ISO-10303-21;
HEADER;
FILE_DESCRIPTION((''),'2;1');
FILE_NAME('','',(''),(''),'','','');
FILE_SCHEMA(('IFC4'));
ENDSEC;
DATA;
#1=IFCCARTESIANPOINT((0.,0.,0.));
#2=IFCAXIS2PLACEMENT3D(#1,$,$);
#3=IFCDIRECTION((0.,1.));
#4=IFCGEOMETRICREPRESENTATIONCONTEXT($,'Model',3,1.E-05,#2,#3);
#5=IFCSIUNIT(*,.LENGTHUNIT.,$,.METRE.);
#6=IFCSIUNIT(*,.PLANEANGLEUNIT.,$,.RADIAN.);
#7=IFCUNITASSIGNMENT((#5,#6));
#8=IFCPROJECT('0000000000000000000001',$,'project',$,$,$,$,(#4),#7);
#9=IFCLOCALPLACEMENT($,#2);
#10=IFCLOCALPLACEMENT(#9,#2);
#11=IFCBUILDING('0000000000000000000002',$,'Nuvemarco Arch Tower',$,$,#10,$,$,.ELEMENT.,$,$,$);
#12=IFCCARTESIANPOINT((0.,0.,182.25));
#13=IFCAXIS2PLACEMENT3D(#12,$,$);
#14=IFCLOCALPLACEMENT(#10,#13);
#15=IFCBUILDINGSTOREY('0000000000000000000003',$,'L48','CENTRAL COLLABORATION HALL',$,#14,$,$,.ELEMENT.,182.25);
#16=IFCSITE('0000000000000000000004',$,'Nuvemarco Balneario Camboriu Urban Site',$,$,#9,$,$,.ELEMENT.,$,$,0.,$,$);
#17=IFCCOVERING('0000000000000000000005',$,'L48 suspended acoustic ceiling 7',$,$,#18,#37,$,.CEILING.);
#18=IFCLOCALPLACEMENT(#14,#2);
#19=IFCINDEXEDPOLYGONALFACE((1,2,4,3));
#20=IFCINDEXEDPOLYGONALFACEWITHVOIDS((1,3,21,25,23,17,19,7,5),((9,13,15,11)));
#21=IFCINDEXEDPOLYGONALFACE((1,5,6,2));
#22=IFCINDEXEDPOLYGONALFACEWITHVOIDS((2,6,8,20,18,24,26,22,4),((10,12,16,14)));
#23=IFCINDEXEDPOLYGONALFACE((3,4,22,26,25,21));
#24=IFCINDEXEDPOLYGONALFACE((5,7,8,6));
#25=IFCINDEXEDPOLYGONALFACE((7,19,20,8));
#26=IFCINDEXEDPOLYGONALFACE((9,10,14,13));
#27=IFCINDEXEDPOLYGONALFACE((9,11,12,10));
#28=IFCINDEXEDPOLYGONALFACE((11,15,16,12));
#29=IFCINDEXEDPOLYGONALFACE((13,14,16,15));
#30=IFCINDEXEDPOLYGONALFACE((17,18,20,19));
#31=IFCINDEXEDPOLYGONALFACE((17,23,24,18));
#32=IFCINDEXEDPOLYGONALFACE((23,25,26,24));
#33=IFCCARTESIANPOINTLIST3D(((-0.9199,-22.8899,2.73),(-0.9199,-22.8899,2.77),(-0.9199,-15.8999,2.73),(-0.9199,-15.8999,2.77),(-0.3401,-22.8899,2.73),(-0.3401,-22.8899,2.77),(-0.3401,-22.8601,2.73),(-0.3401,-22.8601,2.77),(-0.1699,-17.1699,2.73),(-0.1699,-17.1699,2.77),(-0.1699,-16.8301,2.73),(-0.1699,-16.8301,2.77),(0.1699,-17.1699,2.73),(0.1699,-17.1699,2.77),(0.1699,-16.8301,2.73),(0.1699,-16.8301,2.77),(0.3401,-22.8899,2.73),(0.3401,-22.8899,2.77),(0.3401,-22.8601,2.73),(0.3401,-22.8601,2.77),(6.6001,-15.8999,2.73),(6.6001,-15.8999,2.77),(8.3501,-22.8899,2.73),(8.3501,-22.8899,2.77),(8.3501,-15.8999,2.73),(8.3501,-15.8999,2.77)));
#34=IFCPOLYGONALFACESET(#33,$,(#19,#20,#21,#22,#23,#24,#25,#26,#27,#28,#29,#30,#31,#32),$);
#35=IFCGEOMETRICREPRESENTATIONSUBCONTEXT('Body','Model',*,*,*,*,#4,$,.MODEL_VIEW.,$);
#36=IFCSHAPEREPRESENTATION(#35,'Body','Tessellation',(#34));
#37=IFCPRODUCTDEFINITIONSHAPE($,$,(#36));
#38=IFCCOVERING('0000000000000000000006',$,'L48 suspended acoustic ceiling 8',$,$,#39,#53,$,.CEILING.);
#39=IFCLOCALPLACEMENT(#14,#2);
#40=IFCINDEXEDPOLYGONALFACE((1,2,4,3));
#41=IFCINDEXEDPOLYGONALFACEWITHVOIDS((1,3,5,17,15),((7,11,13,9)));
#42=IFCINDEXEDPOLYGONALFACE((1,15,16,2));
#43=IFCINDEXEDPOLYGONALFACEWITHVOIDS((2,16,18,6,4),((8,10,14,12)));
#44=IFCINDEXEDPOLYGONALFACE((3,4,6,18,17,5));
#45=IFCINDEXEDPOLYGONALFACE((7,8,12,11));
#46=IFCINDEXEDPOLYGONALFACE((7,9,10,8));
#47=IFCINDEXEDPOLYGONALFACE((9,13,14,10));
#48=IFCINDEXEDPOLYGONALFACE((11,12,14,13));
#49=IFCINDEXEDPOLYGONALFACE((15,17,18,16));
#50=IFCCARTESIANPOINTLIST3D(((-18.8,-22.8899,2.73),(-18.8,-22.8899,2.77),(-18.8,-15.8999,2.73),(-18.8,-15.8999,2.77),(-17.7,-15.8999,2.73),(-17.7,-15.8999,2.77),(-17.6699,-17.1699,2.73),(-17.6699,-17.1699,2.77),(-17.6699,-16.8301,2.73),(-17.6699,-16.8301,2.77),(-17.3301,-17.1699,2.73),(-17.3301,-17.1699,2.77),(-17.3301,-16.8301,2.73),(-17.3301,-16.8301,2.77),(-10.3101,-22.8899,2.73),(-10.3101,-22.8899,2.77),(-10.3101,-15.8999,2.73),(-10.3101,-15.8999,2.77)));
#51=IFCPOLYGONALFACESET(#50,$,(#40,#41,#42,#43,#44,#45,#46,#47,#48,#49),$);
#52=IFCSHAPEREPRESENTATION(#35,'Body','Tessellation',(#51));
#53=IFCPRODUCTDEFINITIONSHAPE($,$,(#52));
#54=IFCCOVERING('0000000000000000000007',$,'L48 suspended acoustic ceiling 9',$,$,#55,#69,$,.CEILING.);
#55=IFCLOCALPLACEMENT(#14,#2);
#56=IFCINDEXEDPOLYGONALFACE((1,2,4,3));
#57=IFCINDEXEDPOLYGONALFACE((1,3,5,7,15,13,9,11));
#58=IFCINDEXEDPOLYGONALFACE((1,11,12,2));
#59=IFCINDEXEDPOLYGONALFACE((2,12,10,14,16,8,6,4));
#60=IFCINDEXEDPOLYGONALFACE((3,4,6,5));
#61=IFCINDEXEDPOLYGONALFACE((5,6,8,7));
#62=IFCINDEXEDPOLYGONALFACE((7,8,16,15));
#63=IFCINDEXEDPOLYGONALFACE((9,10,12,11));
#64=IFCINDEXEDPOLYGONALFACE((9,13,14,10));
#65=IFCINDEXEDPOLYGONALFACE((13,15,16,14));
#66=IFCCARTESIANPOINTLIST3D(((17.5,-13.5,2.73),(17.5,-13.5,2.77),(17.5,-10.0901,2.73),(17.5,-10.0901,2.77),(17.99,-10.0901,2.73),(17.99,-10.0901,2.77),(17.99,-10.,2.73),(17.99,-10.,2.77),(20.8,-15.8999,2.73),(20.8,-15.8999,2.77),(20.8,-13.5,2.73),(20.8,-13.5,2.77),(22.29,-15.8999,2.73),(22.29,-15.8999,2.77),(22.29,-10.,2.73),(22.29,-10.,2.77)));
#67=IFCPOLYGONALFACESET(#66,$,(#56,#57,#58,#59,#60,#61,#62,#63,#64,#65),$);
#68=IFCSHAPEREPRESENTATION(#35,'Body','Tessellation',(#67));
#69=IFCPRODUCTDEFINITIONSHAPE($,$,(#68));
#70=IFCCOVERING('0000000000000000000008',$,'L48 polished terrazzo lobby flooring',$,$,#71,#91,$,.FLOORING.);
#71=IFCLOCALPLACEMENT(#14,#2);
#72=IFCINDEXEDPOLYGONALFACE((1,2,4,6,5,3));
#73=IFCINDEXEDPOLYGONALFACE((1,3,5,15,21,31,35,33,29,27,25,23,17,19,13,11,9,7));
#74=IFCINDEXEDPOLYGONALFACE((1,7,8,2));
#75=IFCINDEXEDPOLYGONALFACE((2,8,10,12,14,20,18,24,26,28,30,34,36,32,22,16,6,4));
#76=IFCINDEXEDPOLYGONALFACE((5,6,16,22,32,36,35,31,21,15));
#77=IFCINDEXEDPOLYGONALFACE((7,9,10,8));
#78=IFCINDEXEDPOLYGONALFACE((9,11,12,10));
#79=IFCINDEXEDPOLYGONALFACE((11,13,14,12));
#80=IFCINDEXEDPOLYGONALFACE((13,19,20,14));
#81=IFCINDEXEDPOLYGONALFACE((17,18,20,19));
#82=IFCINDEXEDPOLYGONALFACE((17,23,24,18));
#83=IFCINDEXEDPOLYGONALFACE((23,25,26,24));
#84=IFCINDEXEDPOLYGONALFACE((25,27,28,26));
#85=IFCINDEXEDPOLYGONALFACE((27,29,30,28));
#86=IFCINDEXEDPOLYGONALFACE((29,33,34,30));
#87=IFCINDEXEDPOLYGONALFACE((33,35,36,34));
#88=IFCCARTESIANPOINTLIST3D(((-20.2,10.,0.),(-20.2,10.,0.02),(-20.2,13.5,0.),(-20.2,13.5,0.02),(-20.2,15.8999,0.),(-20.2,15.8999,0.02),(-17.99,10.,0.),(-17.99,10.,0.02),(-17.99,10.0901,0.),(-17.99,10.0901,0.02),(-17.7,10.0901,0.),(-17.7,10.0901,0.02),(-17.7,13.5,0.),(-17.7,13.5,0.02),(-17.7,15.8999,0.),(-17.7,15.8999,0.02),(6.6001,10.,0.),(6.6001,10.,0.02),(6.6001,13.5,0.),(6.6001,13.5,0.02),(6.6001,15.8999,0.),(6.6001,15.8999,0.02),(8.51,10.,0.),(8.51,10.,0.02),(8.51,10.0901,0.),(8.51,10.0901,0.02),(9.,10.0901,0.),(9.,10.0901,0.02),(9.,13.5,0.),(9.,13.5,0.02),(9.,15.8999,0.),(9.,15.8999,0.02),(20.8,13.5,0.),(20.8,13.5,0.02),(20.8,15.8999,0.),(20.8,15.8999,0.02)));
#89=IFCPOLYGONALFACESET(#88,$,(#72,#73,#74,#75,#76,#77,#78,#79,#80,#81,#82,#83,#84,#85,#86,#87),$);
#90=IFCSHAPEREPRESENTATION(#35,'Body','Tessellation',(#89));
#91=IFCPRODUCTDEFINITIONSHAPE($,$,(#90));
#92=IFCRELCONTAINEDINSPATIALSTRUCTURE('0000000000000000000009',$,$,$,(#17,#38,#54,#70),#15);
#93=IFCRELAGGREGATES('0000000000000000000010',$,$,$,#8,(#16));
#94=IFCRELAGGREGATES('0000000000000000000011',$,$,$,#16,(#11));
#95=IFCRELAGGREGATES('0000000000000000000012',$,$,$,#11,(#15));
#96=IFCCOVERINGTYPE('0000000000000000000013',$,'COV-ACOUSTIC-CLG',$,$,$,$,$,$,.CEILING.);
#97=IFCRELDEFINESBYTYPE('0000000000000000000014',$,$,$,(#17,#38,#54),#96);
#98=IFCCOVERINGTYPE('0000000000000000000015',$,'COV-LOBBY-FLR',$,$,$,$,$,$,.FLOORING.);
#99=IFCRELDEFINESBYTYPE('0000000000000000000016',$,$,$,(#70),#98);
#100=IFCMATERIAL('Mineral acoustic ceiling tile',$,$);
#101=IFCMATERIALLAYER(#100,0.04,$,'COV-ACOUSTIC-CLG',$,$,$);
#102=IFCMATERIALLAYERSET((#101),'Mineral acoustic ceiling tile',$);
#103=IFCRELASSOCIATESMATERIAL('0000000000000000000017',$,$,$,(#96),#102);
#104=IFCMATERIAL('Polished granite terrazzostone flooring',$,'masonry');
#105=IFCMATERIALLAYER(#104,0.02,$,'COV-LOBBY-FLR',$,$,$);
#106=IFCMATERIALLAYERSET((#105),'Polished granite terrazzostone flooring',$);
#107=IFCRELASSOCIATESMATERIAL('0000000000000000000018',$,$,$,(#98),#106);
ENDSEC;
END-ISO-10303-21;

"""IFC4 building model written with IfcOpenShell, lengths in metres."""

from ifc_helpers import new_model, si_unit, direction, frame, origin, place, context, subcontext, project, spatial, polyline, outline, extrude, material, layer, layer_set, type_object, element, save


model = new_model("IFC4")

# Units and contexts
model_context = context("Model", 3, precision=1e-05, world=origin(), true_north=direction((0.0, 1.0)))
body_context = subcontext(model_context, "Body", "Model", "MODEL_VIEW")
ifc_project = project(units=[si_unit("LENGTHUNIT", "METRE"), si_unit("PLANEANGLEUNIT", "RADIAN")], contexts=[model_context])

# Site, building, storey
site_placement = place(None, origin())
site = spatial("IfcSite", under=ifc_project, at=site_placement, Name="Nuvemarco Balneario Camboriu Urban Site", CompositionType="ELEMENT", RefElevation=0.0)
building_placement = place(site_placement, origin())
building = spatial("IfcBuilding", under=site, at=building_placement, Name="Nuvemarco Arch Tower", CompositionType="ELEMENT")
storey_placement = place(building_placement, frame((0.0, 0.0, 182.25)))
storey = spatial("IfcBuildingStorey", under=building, at=storey_placement, Name="L48", Description="CENTRAL COLLABORATION HALL", CompositionType="ELEMENT", Elevation=182.25)

# Coverings
ifc_material_1 = material(Name="Mineral acoustic ceiling tile")
ifc_layer_1 = layer(ifc_material_1, 0.04, Name="COV-ACOUSTIC-CLG")
ifc_layer_set_1 = layer_set([ifc_layer_1], Name="Mineral acoustic ceiling tile")
covering_type_1 = type_object("IfcCoveringType", Name="COV-ACOUSTIC-CLG", PredefinedType="CEILING", material=ifc_layer_set_1)
covering_1_placement = place(storey_placement, frame((0.0, 0.0, 2.73)))
element("IfcCovering", 1, at=covering_1_placement, inside=storey, type_object=covering_type_1, Name="L48 suspended acoustic ceiling 7", PredefinedType="CEILING", context=body_context, shape_type="SweptSolid", body=[
    extrude(outline(polyline([(8.3501, -22.8899), (0.3401, -22.8899), (0.3401, -22.8601), (-0.3401, -22.8601), (-0.3401, -22.8899), (-0.9199, -22.8899), (-0.9199, -15.8999), (6.6001, -15.8999), (8.3501, -15.8999), (8.3501, -22.8899)]), holes=[polyline([(0.1699, -17.1699), (0.1699, -16.8301), (-0.1699, -16.8301), (-0.1699, -17.1699), (0.1699, -17.1699)])]), origin(), (0.0, 0.0, 1.0), 0.04),
])
covering_2_placement = place(storey_placement, frame((0.0, 0.0, 2.73)))
element("IfcCovering", 2, at=covering_2_placement, inside=storey, type_object=covering_type_1, Name="L48 suspended acoustic ceiling 8", PredefinedType="CEILING", context=body_context, shape_type="SweptSolid", body=[
    extrude(outline(polyline([(-10.3101, -22.8899), (-18.8, -22.8899), (-18.8, -15.8999), (-17.7, -15.8999), (-10.3101, -15.8999), (-10.3101, -22.8899)]), holes=[polyline([(-17.3301, -16.8301), (-17.6699, -16.8301), (-17.6699, -17.1699), (-17.3301, -17.1699), (-17.3301, -16.8301)])]), origin(), (0.0, 0.0, 1.0), 0.04),
])
covering_3_placement = place(storey_placement, frame((0.0, 0.0, 2.73)))
element("IfcCovering", 3, at=covering_3_placement, inside=storey, type_object=covering_type_1, Name="L48 suspended acoustic ceiling 9", PredefinedType="CEILING", context=body_context, shape_type="SweptSolid", body=[
    extrude(outline(polyline([(17.5, -10.0901), (17.99, -10.0901), (17.99, -10.0), (22.29, -10.0), (22.29, -15.8999), (20.8, -15.8999), (20.8, -13.5), (17.5, -13.5), (17.5, -10.0901)])), origin(), (0.0, 0.0, 1.0), 0.04),
])
ifc_material_2 = material(Name="Polished granite terrazzostone flooring", Category="masonry")
ifc_layer_2 = layer(ifc_material_2, 0.02, Name="COV-LOBBY-FLR")
ifc_layer_set_2 = layer_set([ifc_layer_2], Name="Polished granite terrazzostone flooring")
covering_type_2 = type_object("IfcCoveringType", Name="COV-LOBBY-FLR", PredefinedType="FLOORING", material=ifc_layer_set_2)
covering_4_placement = place(storey_placement, origin())
element("IfcCovering", 4, at=covering_4_placement, inside=storey, type_object=covering_type_2, Name="L48 polished terrazzo lobby flooring", PredefinedType="FLOORING", context=body_context, shape_type="SweptSolid", body=[
    extrude(outline(polyline([(-20.2, 13.5), (-20.2, 15.8999), (-17.7, 15.8999), (6.6001, 15.8999), (9.0, 15.8999), (20.8, 15.8999), (20.8, 13.5), (9.0, 13.5), (9.0, 10.0901), (8.51, 10.0901), (8.51, 10.0), (6.6001, 10.0), (6.6001, 13.5), (-17.7, 13.5), (-17.7, 10.0901), (-17.99, 10.0901), (-17.99, 10.0), (-20.2, 10.0), (-20.2, 13.5)])), origin(), (0.0, 0.0, 1.0), 0.02),
])

save(model, "model.ifc")
